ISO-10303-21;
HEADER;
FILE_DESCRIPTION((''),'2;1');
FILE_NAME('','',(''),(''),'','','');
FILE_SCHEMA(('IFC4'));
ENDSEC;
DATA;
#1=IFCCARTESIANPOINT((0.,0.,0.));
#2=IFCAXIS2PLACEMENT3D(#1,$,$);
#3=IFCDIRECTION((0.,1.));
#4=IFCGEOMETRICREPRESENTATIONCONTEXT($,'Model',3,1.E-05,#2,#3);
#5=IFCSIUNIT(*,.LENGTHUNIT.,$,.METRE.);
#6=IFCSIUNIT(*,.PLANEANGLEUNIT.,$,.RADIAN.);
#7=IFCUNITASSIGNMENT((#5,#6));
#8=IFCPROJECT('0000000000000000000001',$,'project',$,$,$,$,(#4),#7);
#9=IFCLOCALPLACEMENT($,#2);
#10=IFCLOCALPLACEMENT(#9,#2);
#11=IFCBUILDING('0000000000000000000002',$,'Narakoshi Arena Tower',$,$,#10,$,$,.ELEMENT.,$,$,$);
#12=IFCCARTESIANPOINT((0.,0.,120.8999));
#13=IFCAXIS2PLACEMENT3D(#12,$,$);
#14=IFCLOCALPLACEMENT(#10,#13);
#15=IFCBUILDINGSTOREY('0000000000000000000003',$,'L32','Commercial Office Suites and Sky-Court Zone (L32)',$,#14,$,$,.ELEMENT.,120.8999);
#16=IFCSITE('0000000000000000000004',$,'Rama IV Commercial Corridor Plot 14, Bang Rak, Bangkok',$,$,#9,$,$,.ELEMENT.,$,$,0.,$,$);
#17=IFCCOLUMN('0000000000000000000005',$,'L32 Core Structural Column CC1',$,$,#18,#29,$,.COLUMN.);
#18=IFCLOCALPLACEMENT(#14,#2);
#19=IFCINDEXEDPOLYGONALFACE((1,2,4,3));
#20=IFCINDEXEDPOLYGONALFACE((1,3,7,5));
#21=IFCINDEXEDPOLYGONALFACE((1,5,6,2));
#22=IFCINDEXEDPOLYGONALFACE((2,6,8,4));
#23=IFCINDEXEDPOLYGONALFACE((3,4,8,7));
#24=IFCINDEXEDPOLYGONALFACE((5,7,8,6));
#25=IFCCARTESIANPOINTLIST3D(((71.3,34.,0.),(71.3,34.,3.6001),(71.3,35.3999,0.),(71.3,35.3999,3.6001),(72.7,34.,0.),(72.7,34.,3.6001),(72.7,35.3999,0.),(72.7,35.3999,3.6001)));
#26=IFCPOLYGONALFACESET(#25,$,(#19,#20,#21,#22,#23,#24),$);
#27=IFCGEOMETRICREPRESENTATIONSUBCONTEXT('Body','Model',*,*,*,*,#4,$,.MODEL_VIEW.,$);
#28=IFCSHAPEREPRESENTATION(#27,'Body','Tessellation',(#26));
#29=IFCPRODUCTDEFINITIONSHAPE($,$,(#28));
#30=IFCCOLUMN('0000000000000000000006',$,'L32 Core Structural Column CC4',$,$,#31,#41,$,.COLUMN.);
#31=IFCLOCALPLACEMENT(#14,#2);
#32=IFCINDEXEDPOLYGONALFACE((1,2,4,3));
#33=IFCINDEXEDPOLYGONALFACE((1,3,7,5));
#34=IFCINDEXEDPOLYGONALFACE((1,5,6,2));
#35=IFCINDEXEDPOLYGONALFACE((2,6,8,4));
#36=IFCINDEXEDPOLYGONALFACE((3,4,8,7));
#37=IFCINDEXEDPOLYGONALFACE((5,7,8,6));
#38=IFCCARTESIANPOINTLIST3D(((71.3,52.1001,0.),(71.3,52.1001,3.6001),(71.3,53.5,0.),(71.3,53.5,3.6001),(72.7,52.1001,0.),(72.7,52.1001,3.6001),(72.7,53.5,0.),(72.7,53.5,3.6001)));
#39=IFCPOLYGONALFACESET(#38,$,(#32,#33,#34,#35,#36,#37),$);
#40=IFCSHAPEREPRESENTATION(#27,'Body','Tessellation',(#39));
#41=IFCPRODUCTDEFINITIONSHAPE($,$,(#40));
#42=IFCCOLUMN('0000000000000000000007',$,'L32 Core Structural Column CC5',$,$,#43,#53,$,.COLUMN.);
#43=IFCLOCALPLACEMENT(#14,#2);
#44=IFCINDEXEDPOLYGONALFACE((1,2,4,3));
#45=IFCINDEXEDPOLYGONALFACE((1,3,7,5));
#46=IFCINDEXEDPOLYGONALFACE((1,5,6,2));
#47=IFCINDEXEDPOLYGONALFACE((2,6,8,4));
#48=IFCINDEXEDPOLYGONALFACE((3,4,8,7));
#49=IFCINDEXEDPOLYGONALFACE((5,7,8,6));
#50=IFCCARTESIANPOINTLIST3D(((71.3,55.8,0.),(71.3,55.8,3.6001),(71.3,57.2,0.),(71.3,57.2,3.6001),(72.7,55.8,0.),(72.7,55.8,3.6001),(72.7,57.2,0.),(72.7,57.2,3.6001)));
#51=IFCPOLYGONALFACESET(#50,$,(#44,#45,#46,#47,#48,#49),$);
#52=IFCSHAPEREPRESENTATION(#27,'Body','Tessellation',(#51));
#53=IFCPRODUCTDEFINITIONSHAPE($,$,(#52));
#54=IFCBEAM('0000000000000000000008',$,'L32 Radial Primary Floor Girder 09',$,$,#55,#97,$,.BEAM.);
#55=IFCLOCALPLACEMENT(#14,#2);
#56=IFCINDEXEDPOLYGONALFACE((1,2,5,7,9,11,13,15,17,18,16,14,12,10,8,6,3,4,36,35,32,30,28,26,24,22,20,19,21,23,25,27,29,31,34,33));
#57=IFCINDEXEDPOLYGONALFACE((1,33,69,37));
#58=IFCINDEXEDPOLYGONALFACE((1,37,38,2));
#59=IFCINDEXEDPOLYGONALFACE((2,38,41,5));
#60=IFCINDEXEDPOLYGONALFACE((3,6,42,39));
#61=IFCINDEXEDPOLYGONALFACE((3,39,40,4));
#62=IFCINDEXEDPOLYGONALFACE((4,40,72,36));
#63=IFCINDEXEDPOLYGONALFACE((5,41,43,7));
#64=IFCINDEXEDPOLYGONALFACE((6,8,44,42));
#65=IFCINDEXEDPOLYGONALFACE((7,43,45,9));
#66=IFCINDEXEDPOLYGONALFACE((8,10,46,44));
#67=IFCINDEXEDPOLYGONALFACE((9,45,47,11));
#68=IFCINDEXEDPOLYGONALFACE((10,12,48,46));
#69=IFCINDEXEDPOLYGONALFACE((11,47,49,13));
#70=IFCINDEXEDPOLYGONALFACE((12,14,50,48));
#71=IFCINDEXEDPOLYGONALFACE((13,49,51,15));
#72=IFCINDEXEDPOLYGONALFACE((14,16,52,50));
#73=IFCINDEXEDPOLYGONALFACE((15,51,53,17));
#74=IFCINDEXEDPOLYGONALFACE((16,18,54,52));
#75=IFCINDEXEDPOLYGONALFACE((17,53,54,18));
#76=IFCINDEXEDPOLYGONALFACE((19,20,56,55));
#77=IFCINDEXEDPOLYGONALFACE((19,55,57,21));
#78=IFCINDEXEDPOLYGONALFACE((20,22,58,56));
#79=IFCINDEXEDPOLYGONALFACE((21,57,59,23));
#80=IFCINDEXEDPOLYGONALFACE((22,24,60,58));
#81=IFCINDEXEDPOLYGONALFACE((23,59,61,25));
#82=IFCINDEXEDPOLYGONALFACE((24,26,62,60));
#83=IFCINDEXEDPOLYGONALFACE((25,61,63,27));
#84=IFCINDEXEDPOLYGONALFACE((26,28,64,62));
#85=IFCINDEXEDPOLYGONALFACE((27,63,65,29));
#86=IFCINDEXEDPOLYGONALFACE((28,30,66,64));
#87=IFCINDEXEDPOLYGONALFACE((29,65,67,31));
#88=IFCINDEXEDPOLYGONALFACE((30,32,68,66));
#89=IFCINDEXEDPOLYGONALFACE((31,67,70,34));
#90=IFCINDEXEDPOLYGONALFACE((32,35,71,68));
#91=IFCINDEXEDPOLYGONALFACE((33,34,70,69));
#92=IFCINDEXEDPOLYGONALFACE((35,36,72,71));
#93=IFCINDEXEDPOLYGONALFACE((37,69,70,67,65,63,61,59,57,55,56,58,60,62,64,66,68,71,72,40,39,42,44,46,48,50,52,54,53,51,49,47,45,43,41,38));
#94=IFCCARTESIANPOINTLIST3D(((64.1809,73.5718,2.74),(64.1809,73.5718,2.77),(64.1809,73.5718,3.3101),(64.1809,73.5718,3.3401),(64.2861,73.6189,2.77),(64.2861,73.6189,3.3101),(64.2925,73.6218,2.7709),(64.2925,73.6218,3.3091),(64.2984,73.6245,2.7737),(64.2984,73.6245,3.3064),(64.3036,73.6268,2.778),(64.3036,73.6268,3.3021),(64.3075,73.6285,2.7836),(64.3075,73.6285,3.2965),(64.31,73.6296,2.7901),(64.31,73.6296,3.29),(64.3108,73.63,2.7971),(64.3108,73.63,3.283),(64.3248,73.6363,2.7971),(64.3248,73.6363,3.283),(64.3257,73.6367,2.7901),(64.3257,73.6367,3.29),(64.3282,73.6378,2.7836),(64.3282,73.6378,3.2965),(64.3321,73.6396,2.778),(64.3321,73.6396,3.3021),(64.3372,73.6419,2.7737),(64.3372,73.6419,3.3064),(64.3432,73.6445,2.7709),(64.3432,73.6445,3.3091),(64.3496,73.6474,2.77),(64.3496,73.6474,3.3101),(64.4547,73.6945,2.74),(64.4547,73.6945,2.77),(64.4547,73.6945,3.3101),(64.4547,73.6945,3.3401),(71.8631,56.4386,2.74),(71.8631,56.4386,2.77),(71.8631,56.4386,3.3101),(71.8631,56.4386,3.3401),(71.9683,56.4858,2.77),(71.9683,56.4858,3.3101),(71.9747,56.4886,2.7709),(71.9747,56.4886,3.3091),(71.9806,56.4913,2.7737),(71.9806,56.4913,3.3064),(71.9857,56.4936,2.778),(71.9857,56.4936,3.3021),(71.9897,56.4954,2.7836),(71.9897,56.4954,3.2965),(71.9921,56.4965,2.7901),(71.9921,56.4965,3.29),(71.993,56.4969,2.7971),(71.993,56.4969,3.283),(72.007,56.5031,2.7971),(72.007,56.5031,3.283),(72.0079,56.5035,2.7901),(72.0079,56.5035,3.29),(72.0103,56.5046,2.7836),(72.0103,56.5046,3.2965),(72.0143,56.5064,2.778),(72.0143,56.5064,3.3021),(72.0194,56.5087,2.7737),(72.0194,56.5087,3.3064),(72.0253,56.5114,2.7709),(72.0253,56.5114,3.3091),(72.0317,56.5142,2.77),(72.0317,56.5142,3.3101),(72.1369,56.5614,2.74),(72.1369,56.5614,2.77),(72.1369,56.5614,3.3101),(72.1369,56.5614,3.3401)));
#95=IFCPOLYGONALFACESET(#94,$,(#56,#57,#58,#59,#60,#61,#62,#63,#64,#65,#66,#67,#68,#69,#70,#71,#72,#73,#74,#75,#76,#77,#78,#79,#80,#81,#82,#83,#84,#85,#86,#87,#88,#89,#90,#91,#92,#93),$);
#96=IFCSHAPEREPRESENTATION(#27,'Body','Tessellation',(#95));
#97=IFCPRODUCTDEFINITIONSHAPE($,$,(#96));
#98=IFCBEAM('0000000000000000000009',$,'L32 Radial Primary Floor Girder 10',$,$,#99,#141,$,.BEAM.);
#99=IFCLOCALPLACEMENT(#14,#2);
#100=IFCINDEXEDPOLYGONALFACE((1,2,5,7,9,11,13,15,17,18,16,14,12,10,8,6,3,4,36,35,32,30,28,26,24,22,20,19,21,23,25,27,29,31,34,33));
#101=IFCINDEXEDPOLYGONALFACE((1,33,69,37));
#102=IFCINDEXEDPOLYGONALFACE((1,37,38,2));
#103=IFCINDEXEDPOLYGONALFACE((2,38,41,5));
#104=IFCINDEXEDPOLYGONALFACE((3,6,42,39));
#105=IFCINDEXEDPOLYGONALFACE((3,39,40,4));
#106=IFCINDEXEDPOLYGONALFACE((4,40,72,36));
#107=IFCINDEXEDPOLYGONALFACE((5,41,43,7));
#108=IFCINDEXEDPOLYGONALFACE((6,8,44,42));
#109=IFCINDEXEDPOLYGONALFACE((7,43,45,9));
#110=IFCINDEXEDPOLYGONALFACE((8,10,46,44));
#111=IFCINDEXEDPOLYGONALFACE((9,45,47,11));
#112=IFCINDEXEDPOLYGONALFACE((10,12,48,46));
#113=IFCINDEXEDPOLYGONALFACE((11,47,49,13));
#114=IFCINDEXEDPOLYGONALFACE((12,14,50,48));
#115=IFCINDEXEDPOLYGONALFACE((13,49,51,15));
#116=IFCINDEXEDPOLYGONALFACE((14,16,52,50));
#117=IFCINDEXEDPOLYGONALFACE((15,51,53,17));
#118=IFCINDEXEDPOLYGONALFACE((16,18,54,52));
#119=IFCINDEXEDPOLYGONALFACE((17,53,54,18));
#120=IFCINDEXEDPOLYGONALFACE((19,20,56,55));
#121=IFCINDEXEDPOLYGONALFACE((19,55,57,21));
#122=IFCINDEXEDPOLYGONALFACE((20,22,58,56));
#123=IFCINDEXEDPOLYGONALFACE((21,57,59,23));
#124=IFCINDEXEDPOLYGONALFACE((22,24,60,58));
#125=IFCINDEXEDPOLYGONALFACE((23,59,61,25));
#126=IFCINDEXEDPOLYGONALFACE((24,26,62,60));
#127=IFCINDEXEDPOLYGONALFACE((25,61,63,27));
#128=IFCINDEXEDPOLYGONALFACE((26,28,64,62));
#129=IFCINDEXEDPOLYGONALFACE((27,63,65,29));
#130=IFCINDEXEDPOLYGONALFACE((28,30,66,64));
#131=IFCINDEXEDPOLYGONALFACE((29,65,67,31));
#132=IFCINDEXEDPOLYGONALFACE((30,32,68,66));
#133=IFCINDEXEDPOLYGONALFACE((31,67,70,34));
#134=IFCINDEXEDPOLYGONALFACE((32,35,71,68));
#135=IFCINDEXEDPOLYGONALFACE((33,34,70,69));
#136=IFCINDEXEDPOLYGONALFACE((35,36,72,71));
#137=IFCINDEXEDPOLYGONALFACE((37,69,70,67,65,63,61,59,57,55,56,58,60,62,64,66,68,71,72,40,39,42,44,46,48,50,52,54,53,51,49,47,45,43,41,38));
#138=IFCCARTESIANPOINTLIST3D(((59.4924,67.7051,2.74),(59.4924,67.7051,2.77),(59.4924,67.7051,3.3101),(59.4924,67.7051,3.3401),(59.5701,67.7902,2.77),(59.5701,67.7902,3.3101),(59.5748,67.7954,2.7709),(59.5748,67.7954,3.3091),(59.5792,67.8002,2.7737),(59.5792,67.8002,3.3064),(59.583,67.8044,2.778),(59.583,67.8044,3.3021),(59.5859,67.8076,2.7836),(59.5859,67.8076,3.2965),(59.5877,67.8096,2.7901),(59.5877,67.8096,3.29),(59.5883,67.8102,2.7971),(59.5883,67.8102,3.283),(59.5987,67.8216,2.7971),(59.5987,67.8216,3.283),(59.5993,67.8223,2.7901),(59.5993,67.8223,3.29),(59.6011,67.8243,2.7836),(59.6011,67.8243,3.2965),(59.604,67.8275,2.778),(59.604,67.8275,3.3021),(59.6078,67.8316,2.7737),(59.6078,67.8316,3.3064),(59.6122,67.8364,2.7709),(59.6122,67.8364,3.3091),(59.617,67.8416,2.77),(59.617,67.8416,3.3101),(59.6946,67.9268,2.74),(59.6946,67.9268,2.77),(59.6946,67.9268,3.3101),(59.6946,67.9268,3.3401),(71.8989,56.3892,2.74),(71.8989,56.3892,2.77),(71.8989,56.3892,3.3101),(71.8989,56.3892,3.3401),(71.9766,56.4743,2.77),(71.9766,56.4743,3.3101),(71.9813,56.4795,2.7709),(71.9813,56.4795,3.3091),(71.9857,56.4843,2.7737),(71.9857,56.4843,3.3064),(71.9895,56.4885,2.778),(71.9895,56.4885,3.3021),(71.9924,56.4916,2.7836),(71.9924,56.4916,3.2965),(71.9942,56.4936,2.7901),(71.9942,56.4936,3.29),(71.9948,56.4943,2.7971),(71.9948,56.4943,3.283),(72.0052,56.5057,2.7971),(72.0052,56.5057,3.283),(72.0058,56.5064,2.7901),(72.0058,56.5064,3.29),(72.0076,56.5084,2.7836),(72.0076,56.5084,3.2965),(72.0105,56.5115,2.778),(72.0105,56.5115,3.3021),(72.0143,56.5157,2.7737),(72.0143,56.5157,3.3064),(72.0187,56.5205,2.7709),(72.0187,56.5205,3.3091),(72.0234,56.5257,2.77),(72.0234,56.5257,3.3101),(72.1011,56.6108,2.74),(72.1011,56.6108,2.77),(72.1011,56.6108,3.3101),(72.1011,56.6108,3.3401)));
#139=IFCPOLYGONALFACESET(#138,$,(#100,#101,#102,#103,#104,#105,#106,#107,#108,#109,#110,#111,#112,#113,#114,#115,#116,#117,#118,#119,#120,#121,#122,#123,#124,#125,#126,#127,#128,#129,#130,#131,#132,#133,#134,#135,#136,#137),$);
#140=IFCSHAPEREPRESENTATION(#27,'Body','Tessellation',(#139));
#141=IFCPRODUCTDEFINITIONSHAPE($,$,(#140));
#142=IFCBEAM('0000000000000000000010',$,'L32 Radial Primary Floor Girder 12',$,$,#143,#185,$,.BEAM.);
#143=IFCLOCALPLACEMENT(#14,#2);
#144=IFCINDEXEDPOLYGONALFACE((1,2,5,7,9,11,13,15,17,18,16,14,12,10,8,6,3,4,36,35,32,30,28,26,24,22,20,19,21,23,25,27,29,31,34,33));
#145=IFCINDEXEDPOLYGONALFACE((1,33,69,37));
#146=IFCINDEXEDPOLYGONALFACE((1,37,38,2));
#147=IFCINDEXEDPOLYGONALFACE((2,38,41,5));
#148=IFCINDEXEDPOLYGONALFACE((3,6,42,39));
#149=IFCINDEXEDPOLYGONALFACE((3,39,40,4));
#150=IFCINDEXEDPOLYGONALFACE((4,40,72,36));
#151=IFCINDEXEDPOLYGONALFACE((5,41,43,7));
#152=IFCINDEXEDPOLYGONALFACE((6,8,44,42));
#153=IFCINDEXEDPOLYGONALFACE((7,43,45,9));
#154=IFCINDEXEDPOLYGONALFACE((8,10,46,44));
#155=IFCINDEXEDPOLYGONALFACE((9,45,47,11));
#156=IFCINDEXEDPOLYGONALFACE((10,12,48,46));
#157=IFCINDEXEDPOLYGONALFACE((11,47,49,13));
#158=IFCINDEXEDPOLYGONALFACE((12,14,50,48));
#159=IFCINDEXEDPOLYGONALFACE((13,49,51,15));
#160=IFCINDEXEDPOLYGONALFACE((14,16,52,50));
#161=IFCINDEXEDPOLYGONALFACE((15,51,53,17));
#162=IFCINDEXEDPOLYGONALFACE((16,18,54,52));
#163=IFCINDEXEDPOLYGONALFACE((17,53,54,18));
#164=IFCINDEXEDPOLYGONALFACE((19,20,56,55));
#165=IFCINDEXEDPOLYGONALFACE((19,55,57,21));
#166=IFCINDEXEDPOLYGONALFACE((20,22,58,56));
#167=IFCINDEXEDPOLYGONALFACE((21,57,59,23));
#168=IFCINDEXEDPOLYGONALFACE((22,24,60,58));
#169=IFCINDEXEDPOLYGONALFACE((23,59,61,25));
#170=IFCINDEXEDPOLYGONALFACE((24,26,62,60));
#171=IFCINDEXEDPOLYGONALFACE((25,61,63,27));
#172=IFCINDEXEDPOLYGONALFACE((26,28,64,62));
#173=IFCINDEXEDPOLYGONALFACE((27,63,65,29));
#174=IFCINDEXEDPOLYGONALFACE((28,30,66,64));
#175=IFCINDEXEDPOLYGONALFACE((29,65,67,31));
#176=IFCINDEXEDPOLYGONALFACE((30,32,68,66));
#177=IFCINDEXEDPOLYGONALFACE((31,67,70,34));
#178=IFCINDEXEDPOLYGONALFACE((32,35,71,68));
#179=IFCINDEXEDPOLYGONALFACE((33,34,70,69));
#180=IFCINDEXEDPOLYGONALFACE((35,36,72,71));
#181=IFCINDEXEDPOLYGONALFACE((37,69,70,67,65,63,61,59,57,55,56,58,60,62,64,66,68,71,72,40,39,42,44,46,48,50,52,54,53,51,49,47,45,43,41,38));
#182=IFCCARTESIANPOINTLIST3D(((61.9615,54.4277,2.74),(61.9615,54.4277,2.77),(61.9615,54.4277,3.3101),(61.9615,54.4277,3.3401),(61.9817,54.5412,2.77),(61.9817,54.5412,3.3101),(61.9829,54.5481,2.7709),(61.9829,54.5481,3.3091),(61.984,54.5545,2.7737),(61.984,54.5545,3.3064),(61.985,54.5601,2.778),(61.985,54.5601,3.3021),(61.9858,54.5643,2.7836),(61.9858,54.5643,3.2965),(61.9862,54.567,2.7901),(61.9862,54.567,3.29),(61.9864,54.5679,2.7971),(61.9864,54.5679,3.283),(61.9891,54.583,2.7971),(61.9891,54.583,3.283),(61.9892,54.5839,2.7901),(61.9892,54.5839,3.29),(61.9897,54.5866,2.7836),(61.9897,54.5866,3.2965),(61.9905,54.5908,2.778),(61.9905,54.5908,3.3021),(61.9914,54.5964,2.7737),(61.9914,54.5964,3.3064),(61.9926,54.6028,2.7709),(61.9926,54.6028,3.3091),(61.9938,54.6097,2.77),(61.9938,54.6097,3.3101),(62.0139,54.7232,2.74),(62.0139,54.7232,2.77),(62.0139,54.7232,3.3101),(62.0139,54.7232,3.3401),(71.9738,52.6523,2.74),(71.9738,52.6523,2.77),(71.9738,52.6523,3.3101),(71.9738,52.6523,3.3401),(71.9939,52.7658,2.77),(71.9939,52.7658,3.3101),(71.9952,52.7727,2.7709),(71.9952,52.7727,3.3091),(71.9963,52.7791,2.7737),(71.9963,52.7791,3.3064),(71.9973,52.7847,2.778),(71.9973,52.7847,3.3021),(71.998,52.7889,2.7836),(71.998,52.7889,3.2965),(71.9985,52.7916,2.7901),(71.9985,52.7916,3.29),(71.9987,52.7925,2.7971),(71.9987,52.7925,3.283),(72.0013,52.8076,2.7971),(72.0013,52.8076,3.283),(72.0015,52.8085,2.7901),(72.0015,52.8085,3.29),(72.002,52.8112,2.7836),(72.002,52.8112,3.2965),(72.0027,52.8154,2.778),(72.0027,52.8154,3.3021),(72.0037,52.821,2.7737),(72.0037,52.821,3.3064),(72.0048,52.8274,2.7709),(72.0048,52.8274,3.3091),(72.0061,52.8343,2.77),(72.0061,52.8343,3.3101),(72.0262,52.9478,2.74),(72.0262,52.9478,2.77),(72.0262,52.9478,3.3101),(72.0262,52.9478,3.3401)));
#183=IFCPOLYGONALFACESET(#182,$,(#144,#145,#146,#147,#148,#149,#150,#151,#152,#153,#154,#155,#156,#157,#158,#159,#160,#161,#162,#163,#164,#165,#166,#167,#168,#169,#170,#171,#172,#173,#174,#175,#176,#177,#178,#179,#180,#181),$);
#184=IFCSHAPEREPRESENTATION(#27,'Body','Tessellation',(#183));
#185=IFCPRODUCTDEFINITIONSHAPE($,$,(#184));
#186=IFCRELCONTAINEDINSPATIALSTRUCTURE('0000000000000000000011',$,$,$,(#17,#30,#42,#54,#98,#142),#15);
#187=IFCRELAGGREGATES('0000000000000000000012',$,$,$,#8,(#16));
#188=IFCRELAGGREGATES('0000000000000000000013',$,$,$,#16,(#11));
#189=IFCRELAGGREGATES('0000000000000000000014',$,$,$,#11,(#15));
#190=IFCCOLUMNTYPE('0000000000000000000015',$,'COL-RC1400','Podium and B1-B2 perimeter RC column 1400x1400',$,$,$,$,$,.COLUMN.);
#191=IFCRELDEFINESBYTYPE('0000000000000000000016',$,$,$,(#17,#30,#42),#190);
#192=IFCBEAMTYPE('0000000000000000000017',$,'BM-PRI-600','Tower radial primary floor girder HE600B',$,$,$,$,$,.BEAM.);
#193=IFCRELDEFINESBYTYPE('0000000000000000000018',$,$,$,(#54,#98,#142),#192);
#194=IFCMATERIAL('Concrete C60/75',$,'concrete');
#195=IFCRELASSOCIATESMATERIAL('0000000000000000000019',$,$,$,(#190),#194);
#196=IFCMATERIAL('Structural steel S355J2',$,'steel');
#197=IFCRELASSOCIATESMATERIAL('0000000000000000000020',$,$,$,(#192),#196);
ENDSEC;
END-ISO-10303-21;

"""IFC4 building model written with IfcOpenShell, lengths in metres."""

from ifc_helpers import new_model, si_unit, direction, frame, origin, origin_2d, place, context, subcontext, project, spatial, rectangle, i_section, extrude, material, material_profile, profile_set, type_object, element, save


model = new_model("IFC4")

# Units and contexts
model_context = context("Model", 3, precision=1e-05, world=origin(), true_north=direction((0.0, 1.0)))
body_context = subcontext(model_context, "Body", "Model", "MODEL_VIEW")
ifc_project = project(units=[si_unit("LENGTHUNIT", "METRE"), si_unit("PLANEANGLEUNIT", "RADIAN")], contexts=[model_context])

# Site, building, storey
site_placement = place(None, origin())
site = spatial("IfcSite", under=ifc_project, at=site_placement, Name="Rama IV Commercial Corridor Plot 14, Bang Rak, Bangkok", CompositionType="ELEMENT", RefElevation=0.0)
building_placement = place(site_placement, origin())
building = spatial("IfcBuilding", under=site, at=building_placement, Name="Narakoshi Arena Tower", CompositionType="ELEMENT")
storey_placement = place(building_placement, frame((0.0, 0.0, 120.8999)))
storey = spatial("IfcBuildingStorey", under=building, at=storey_placement, Name="L32", Description="Commercial Office Suites and Sky-Court Zone (L32)", CompositionType="ELEMENT", Elevation=120.8999)

# Columns
ifc_material_1 = material(Name="Concrete C60/75", Category="concrete")
ifc_material_profile_1 = material_profile(ifc_material_1, rectangle(XDim=1.3999, YDim=1.3999, at=origin_2d()), Name="RC1400x1400")
ifc_profile_set_1 = profile_set([ifc_material_profile_1], Name="Concrete C60/75")
column_type = type_object("IfcColumnType", Name="COL-RC1400", Description="Podium and B1-B2 perimeter RC column 1400x1400", PredefinedType="COLUMN", material=ifc_profile_set_1)
for number, where, z_axis, x_axis, name in (
    (1, (72.0, 34.7, 0.0), (0.0, 0.0, 1.0), (1.0, 0.0, 0.0), "L32 Core Structural Column CC1"),
    (2, (72.0, 52.8, 0.0), (0.0, 0.0, 1.0), (1.0, 0.0, 0.0), "L32 Core Structural Column CC4"),
    (3, (72.0, 56.5, 0.0), (0.0, 0.0, 1.0), (1.0, 0.0, 0.0), "L32 Core Structural Column CC5"),
):
    element("IfcColumn", number, at=place(storey_placement, frame(where, z_axis=z_axis, x_axis=x_axis)), inside=storey, type_object=column_type, Name=name, PredefinedType="COLUMN", context=body_context, shape_type="SweptSolid", body=[
        extrude(rectangle(XDim=1.3999, YDim=1.3999, at=origin_2d()), origin(), (0.0, 0.0, 1.0), 3.6001),
    ])

# Beams
ifc_material_2 = material(Name="Structural steel S355J2", Category="steel")
ifc_material_profile_2 = material_profile(ifc_material_2, i_section(OverallWidth=0.3, OverallDepth=0.6001, WebThickness=0.0154, FlangeThickness=0.03, FilletRadius=0.0271, at=origin_2d()), Name="HE600B")
ifc_profile_set_2 = profile_set([ifc_material_profile_2], Name="Structural steel S355J2")
beam_type = type_object("IfcBeamType", Name="BM-PRI-600", Description="Tower radial primary floor girder HE600B", PredefinedType="BEAM", material=ifc_profile_set_2)
beam_1_placement = place(storey_placement, frame((72.0, 56.5, 3.04), z_axis=(-0.409135, 0.912474, 0.0), x_axis=(-0.912474, -0.409135, 0.0)))
element("IfcBeam", 4, at=beam_1_placement, inside=storey, type_object=beam_type, Name="L32 Radial Primary Floor Girder 09", PredefinedType="BEAM", context=body_context, shape_type="SweptSolid", body=[
    extrude(i_section(OverallWidth=0.3, OverallDepth=0.6001, WebThickness=0.0154, FlangeThickness=0.03, FilletRadius=0.0271, at=origin_2d()), origin(), (0.0, 0.0, 1.0), 18.7766),
])
beam_2_placement = place(storey_placement, frame((72.0, 56.5, 3.04), z_axis=(-0.738834, 0.673888, 0.0), x_axis=(-0.673888, -0.738834, 0.0)))
element("IfcBeam", 5, at=beam_2_placement, inside=storey, type_object=beam_type, Name="L32 Radial Primary Floor Girder 10", PredefinedType="BEAM", context=body_context, shape_type="SweptSolid", body=[
    extrude(i_section(OverallWidth=0.3, OverallDepth=0.6001, WebThickness=0.0154, FlangeThickness=0.03, FilletRadius=0.0271, at=origin_2d()), origin(), (0.0, 0.0, 1.0), 16.792),
])
beam_3_placement = place(storey_placement, frame((72.0, 52.8, 3.04), z_axis=(-0.98464, 0.174599, 0.0), x_axis=(-0.174599, -0.98464, 0.0)))
element("IfcBeam", 6, at=beam_3_placement, inside=storey, type_object=beam_type, Name="L32 Radial Primary Floor Girder 12", PredefinedType="BEAM", context=body_context, shape_type="SweptSolid", body=[
    extrude(i_section(OverallWidth=0.3, OverallDepth=0.6001, WebThickness=0.0154, FlangeThickness=0.03, FilletRadius=0.0271, at=origin_2d()), origin(), (0.0, 0.0, 1.0), 10.1685),
])

save(model, "model.ifc")
